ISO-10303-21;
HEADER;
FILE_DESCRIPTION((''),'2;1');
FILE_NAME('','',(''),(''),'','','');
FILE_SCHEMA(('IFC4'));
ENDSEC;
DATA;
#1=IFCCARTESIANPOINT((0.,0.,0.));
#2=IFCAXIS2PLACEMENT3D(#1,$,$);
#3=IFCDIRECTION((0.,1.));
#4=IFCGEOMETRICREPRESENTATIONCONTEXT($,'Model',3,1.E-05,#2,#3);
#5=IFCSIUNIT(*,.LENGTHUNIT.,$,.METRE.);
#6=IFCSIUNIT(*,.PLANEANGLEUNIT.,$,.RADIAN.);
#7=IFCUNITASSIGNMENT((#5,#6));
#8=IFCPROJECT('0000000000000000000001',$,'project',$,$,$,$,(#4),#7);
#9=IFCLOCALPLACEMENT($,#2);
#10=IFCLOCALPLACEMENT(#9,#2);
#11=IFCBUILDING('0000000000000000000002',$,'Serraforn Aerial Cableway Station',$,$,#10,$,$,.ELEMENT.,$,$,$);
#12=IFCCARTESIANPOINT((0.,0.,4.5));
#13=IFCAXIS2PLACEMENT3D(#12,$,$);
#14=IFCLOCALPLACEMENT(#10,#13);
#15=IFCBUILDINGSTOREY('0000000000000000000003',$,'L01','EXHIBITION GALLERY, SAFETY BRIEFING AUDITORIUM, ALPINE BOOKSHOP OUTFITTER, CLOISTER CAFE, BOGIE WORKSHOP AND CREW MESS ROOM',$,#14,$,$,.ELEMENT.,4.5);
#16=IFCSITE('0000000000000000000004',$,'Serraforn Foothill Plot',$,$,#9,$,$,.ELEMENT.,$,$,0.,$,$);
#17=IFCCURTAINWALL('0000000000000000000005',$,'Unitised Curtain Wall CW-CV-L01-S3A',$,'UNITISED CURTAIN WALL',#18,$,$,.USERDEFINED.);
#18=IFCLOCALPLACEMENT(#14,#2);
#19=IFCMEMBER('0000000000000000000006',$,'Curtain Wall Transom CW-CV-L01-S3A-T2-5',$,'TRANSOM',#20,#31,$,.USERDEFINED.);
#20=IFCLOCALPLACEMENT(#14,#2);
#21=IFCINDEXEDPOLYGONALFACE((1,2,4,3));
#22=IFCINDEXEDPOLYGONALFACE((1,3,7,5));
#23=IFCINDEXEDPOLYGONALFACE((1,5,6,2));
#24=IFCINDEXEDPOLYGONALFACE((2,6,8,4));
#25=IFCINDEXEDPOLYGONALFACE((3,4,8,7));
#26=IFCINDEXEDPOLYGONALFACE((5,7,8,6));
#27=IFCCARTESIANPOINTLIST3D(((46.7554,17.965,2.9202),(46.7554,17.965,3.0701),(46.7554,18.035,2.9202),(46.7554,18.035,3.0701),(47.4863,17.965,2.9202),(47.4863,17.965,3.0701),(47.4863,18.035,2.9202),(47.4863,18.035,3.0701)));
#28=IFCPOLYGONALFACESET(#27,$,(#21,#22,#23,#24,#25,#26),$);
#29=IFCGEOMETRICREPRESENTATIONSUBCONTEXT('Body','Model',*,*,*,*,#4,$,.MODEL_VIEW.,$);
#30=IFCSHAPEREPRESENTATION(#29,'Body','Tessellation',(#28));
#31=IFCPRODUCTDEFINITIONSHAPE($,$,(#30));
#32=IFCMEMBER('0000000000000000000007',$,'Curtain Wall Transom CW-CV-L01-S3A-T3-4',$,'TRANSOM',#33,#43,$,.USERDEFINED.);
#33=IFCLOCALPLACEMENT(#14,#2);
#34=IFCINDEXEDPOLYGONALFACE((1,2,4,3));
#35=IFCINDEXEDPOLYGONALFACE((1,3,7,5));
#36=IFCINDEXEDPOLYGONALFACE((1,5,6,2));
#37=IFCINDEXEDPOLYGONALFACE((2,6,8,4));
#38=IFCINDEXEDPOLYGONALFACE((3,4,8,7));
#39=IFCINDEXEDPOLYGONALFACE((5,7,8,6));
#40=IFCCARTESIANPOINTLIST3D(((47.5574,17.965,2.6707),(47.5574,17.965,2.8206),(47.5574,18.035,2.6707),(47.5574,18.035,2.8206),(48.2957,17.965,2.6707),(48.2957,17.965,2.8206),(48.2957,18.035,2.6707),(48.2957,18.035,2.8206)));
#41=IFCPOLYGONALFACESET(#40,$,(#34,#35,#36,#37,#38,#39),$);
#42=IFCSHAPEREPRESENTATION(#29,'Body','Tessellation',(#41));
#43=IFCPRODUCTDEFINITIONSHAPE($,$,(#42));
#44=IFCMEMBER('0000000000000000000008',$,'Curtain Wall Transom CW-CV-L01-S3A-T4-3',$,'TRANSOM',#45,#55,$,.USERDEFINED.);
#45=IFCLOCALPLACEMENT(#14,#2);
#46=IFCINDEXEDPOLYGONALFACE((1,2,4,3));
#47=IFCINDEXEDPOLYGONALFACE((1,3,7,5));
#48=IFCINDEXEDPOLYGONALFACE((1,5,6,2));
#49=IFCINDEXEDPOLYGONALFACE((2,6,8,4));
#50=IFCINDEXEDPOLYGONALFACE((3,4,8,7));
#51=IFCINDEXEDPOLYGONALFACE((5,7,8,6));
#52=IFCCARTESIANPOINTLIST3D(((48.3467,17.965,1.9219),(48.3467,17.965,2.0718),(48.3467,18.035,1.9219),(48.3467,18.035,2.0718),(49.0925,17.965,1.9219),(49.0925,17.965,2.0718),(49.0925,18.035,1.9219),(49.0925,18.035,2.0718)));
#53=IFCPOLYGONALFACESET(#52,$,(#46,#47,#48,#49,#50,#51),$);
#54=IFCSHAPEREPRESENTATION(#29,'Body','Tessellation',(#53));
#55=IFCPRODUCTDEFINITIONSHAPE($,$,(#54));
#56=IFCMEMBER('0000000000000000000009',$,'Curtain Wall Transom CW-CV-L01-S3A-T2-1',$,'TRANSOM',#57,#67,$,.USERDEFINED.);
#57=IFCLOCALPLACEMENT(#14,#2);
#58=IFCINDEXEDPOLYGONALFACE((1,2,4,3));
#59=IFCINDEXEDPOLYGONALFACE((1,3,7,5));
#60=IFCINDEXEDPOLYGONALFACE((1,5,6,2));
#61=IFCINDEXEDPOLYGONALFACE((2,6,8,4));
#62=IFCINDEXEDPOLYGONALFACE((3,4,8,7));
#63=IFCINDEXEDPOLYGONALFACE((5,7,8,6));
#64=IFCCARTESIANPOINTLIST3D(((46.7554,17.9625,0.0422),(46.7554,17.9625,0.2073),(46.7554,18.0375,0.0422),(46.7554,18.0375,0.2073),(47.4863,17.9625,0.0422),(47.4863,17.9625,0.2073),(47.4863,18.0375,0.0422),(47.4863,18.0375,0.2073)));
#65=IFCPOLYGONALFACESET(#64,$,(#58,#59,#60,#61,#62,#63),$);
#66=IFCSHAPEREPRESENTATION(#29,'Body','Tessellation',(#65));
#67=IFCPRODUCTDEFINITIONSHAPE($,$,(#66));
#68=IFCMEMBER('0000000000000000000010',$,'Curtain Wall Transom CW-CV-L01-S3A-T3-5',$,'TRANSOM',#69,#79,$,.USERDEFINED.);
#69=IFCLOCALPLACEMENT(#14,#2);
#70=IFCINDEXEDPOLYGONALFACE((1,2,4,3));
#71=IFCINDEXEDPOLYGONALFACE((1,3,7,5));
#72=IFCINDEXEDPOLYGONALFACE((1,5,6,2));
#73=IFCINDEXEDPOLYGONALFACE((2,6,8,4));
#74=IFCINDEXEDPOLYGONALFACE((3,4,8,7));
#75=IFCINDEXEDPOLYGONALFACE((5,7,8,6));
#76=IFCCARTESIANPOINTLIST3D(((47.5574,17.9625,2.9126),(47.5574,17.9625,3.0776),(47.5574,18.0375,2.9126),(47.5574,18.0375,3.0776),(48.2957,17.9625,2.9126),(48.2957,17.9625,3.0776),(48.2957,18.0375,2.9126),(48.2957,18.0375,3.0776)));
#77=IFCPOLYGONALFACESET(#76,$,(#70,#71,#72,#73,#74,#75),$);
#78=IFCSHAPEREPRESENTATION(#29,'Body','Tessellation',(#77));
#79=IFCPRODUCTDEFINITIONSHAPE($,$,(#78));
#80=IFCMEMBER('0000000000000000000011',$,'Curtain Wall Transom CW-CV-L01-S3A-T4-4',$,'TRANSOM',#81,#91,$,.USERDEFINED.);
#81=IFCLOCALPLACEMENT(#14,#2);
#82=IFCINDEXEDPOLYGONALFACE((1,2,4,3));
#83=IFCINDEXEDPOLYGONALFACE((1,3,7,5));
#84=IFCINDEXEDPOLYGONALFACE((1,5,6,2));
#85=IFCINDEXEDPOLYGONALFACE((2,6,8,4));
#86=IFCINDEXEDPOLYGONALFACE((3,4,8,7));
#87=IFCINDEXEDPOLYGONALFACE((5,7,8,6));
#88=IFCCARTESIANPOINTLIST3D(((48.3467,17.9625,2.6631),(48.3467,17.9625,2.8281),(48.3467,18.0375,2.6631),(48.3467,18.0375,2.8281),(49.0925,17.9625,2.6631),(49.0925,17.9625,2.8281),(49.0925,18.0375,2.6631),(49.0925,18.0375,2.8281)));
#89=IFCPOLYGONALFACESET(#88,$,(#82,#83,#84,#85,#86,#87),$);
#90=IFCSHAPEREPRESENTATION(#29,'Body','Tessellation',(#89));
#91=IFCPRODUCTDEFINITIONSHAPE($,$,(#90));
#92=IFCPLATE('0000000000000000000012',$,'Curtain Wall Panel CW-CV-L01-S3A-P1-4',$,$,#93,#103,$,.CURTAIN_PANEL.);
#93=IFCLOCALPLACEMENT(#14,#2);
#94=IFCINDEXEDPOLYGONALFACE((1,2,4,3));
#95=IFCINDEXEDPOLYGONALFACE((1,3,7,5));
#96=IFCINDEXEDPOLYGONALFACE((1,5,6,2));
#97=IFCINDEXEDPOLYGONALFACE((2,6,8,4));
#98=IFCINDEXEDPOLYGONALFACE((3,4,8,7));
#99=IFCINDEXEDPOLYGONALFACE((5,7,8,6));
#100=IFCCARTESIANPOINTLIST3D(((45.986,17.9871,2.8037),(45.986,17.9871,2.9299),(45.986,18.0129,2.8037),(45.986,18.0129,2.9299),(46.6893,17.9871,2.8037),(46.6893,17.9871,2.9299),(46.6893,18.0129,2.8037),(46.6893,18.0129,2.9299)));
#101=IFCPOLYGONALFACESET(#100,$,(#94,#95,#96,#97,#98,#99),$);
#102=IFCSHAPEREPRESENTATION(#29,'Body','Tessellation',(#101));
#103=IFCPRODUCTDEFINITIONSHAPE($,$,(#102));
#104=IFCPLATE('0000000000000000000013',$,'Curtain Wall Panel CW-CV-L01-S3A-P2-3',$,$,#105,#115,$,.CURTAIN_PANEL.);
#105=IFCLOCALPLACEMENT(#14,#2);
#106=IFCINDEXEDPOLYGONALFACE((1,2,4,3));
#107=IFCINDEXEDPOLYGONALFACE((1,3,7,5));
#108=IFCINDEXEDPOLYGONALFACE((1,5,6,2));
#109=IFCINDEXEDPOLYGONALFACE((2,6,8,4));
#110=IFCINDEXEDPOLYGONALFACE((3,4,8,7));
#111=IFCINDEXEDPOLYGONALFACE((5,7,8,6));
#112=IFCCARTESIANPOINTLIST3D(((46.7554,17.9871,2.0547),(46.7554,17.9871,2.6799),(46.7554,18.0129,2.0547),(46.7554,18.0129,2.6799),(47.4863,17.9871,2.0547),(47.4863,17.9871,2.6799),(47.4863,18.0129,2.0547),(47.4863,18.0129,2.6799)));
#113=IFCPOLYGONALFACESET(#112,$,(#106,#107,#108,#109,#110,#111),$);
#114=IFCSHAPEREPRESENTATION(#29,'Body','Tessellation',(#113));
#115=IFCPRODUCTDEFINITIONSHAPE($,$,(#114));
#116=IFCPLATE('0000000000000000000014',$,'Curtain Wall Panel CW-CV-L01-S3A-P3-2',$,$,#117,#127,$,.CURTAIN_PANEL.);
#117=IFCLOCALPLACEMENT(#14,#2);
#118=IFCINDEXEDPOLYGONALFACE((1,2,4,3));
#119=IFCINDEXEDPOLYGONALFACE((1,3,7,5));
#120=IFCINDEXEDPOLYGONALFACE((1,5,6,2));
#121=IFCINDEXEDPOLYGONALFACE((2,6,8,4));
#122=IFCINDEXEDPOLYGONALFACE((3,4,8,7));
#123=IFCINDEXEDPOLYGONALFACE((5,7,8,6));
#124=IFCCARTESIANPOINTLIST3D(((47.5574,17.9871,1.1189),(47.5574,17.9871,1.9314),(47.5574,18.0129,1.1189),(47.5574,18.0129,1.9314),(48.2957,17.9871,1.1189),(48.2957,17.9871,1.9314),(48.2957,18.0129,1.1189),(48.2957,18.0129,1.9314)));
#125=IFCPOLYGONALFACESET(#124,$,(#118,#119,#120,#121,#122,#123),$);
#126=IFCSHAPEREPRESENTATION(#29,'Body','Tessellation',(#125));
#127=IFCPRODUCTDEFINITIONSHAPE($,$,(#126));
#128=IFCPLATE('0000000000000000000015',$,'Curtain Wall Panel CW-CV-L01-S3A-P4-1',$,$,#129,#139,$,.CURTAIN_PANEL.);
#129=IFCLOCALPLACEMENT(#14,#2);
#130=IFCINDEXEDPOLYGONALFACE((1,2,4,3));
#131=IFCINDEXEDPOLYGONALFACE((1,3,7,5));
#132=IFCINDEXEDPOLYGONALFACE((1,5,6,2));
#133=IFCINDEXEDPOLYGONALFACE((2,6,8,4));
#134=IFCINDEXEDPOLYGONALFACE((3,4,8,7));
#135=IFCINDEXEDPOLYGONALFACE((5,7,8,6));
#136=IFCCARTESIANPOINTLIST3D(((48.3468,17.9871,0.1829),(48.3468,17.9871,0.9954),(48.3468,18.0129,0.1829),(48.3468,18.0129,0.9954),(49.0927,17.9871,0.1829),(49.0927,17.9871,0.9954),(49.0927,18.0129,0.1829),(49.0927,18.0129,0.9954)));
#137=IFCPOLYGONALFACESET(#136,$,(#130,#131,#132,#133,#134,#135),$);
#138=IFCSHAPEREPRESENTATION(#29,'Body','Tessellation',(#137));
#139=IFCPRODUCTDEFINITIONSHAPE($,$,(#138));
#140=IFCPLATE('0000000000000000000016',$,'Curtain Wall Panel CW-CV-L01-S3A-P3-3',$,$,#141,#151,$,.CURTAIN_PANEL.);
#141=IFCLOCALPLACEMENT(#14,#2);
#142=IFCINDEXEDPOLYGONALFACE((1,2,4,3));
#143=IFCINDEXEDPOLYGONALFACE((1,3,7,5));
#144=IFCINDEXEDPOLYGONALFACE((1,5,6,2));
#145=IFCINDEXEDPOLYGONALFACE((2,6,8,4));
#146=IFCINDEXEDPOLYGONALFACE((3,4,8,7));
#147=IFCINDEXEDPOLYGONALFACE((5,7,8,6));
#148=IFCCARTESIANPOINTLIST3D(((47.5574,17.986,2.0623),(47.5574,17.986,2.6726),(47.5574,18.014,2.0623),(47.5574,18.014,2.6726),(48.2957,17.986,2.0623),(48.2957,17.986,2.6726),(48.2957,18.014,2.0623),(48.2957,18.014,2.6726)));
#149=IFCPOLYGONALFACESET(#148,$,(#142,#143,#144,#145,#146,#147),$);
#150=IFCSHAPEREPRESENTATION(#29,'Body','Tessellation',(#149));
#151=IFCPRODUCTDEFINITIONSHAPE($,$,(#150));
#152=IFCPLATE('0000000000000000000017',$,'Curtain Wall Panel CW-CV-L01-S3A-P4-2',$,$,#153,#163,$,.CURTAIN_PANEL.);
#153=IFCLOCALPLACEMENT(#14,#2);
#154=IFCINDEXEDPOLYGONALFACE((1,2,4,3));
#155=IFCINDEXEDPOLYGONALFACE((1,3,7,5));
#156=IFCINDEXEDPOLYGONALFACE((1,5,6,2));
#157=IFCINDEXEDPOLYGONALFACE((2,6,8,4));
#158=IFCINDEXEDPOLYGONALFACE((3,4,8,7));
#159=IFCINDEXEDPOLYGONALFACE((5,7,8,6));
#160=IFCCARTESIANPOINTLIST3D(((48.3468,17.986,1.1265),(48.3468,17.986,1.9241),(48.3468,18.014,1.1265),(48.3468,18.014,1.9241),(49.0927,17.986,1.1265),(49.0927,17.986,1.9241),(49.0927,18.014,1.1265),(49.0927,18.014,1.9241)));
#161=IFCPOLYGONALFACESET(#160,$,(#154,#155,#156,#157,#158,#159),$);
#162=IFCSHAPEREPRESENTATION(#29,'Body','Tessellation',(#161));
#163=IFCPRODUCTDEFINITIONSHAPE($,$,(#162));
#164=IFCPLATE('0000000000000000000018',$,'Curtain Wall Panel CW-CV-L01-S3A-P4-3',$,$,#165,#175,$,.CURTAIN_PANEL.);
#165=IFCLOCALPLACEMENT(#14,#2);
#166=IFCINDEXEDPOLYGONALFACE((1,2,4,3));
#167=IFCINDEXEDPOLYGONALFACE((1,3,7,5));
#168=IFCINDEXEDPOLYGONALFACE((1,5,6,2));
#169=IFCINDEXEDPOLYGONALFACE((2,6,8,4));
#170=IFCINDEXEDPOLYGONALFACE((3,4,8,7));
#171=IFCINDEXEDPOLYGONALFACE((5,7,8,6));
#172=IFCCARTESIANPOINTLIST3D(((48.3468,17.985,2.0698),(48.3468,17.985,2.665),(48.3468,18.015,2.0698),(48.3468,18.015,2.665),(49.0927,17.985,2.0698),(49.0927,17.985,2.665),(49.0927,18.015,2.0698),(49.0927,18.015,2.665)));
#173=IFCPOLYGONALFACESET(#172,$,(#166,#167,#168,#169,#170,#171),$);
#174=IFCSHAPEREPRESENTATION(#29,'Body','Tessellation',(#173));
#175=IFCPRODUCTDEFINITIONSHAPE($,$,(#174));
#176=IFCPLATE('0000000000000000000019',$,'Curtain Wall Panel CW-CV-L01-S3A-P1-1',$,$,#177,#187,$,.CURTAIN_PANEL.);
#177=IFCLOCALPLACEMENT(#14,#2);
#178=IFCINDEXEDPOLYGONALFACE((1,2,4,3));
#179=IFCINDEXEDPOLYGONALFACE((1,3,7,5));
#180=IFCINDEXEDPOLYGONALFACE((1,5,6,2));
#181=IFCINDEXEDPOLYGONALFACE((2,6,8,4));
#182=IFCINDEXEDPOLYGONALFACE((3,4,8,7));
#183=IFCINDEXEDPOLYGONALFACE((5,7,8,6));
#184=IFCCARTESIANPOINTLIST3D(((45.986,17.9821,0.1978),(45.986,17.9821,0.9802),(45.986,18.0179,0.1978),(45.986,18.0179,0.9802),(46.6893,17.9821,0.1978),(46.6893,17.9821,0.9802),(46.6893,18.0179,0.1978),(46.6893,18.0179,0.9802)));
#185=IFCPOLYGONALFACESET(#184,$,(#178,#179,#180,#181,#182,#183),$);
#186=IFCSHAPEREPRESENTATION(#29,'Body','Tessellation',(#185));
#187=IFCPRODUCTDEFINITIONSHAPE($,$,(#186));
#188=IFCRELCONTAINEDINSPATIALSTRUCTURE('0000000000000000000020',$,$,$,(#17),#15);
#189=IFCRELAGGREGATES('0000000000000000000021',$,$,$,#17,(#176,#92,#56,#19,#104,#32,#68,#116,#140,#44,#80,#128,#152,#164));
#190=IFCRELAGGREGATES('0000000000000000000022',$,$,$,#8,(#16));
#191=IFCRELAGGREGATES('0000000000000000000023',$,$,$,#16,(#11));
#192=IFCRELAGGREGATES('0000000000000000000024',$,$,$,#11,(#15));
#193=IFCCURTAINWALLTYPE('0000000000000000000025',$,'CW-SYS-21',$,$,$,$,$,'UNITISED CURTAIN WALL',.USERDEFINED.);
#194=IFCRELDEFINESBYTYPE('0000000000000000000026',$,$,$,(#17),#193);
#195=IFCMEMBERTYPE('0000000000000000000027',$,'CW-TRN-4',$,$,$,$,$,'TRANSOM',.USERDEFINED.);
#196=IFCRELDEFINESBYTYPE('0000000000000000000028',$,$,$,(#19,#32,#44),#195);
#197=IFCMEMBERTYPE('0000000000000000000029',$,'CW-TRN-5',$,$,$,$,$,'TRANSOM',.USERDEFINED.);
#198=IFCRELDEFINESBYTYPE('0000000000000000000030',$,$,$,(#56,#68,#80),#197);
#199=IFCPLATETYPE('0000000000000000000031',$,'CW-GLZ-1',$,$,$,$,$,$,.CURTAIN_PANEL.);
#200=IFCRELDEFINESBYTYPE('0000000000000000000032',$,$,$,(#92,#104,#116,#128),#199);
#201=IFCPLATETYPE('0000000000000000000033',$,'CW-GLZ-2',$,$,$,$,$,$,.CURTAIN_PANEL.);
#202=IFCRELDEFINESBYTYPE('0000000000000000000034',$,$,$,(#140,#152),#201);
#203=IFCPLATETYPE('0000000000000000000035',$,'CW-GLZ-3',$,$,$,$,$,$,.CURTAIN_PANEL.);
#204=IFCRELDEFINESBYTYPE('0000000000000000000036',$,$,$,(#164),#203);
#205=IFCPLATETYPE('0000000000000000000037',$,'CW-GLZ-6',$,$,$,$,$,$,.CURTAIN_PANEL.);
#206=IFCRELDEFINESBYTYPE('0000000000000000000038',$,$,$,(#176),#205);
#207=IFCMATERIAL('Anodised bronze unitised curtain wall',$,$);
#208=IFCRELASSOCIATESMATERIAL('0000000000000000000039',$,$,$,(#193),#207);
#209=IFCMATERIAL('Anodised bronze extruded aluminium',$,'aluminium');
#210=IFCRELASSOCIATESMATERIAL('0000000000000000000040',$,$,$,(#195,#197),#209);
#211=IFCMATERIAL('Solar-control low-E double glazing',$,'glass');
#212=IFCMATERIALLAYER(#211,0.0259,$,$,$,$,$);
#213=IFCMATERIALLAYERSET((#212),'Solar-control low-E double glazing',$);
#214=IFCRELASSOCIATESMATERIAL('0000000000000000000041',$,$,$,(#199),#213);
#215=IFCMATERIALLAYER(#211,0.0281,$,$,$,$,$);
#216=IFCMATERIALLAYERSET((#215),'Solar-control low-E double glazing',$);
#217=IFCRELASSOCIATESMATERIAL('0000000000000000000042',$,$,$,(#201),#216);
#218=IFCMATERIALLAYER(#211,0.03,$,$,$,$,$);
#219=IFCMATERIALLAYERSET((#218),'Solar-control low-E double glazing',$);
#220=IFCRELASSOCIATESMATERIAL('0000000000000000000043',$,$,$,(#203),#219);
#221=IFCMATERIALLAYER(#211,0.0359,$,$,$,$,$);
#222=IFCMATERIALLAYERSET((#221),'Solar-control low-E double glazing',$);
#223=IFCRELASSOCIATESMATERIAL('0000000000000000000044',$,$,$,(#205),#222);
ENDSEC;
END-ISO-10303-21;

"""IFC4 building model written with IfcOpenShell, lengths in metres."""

from ifc_helpers import new_model, si_unit, direction, frame, origin, origin_2d, place, context, subcontext, project, spatial, rectangle, extrude, material, layer, layer_set, material_profile, profile_set, type_object, element, aggregate, save


model = new_model("IFC4")

# Units and contexts
model_context = context("Model", 3, precision=1e-05, world=origin(), true_north=direction((0.0, 1.0)))
body_context = subcontext(model_context, "Body", "Model", "MODEL_VIEW")
ifc_project = project(units=[si_unit("LENGTHUNIT", "METRE"), si_unit("PLANEANGLEUNIT", "RADIAN")], contexts=[model_context])

# Site, building, storey
site_placement = place(None, origin())
site = spatial("IfcSite", under=ifc_project, at=site_placement, Name="Serraforn Foothill Plot", CompositionType="ELEMENT", RefElevation=0.0)
building_placement = place(site_placement, origin())
building = spatial("IfcBuilding", under=site, at=building_placement, Name="Serraforn Aerial Cableway Station", CompositionType="ELEMENT")
storey_placement = place(building_placement, frame((0.0, 0.0, 4.5)))
storey = spatial("IfcBuildingStorey", under=building, at=storey_placement, Name="L01", Description="EXHIBITION GALLERY, SAFETY BRIEFING AUDITORIUM, ALPINE BOOKSHOP OUTFITTER, CLOISTER CAFE, BOGIE WORKSHOP AND CREW MESS ROOM", CompositionType="ELEMENT", Elevation=4.5)

# Curtain wall, members, plates
ifc_material_1 = material(Name="Anodised bronze unitised curtain wall")
curtain_wall_type = type_object("IfcCurtainWallType", Name="CW-SYS-21", ElementType="UNITISED CURTAIN WALL", PredefinedType="USERDEFINED", material=ifc_material_1)
curtain_wall_placement = place(storey_placement, origin())
curtain_wall = element("IfcCurtainWall", 1, at=curtain_wall_placement, inside=storey, type_object=curtain_wall_type, Name="Unitised Curtain Wall CW-CV-L01-S3A", ObjectType="UNITISED CURTAIN WALL", PredefinedType="USERDEFINED")
ifc_material_2 = material(Name="Anodised bronze extruded aluminium", Category="aluminium")
ifc_material_profile_1 = material_profile(ifc_material_2, rectangle(XDim=0.0701, YDim=0.1499, at=origin_2d()), Name="CW TRANSOM 70x150")
ifc_profile_set_1 = profile_set([ifc_material_profile_1], Name="Anodised bronze extruded aluminium")
member_type_1 = type_object("IfcMemberType", Name="CW-TRN-4", ElementType="TRANSOM", PredefinedType="USERDEFINED", material=ifc_profile_set_1)
member_1_placement = place(storey_placement, frame((46.7554, 18.0, 2.9951), z_axis=(1.0, 0.0, 0.0), x_axis=(0.0, 1.0, 0.0)))
member_1 = element("IfcMember", 2, at=member_1_placement, type_object=member_type_1, Name="Curtain Wall Transom CW-CV-L01-S3A-T2-5", ObjectType="TRANSOM", PredefinedType="USERDEFINED", context=body_context, shape_type="SweptSolid", body=[
    extrude(rectangle(XDim=0.0701, YDim=0.1499, at=origin_2d()), origin(), (0.0, 0.0, 1.0), 0.731),
])
member_2_placement = place(storey_placement, frame((47.5574, 18.0, 2.7456), z_axis=(1.0, 0.0, 0.0), x_axis=(0.0, 1.0, 0.0)))
member_2 = element("IfcMember", 3, at=member_2_placement, type_object=member_type_1, Name="Curtain Wall Transom CW-CV-L01-S3A-T3-4", ObjectType="TRANSOM", PredefinedType="USERDEFINED", context=body_context, shape_type="SweptSolid", body=[
    extrude(rectangle(XDim=0.0701, YDim=0.1499, at=origin_2d()), origin(), (0.0, 0.0, 1.0), 0.7383),
])
member_3_placement = place(storey_placement, frame((48.3467, 18.0, 1.9968), z_axis=(1.0, 0.0, 0.0), x_axis=(0.0, 1.0, 0.0)))
member_3 = element("IfcMember", 4, at=member_3_placement, type_object=member_type_1, Name="Curtain Wall Transom CW-CV-L01-S3A-T4-3", ObjectType="TRANSOM", PredefinedType="USERDEFINED", context=body_context, shape_type="SweptSolid", body=[
    extrude(rectangle(XDim=0.0701, YDim=0.1499, at=origin_2d()), origin(), (0.0, 0.0, 1.0), 0.7458),
])
ifc_material_profile_2 = material_profile(ifc_material_2, rectangle(XDim=0.075, YDim=0.165, at=origin_2d()), Name="CW TRANSOM 75x165")
ifc_profile_set_2 = profile_set([ifc_material_profile_2], Name="Anodised bronze extruded aluminium")
member_type_2 = type_object("IfcMemberType", Name="CW-TRN-5", ElementType="TRANSOM", PredefinedType="USERDEFINED", material=ifc_profile_set_2)
member_4_placement = place(storey_placement, frame((46.7554, 18.0, 0.1248), z_axis=(1.0, 0.0, 0.0), x_axis=(0.0, 1.0, 0.0)))
member_4 = element("IfcMember", 5, at=member_4_placement, type_object=member_type_2, Name="Curtain Wall Transom CW-CV-L01-S3A-T2-1", ObjectType="TRANSOM", PredefinedType="USERDEFINED", context=body_context, shape_type="SweptSolid", body=[
    extrude(rectangle(XDim=0.075, YDim=0.165, at=origin_2d()), origin(), (0.0, 0.0, 1.0), 0.731),
])
member_5_placement = place(storey_placement, frame((47.5574, 18.0, 2.9951), z_axis=(1.0, 0.0, 0.0), x_axis=(0.0, 1.0, 0.0)))
member_5 = element("IfcMember", 6, at=member_5_placement, type_object=member_type_2, Name="Curtain Wall Transom CW-CV-L01-S3A-T3-5", ObjectType="TRANSOM", PredefinedType="USERDEFINED", context=body_context, shape_type="SweptSolid", body=[
    extrude(rectangle(XDim=0.075, YDim=0.165, at=origin_2d()), origin(), (0.0, 0.0, 1.0), 0.7383),
])
member_6_placement = place(storey_placement, frame((48.3467, 18.0, 2.7456), z_axis=(1.0, 0.0, 0.0), x_axis=(0.0, 1.0, 0.0)))
member_6 = element("IfcMember", 7, at=member_6_placement, type_object=member_type_2, Name="Curtain Wall Transom CW-CV-L01-S3A-T4-4", ObjectType="TRANSOM", PredefinedType="USERDEFINED", context=body_context, shape_type="SweptSolid", body=[
    extrude(rectangle(XDim=0.075, YDim=0.165, at=origin_2d()), origin(), (0.0, 0.0, 1.0), 0.7458),
])
ifc_material_3 = material(Name="Solar-control low-E double glazing", Category="glass")
ifc_layer_1 = layer(ifc_material_3, 0.0259)
ifc_layer_set_1 = layer_set([ifc_layer_1], Name="Solar-control low-E double glazing")
plate_type_1 = type_object("IfcPlateType", Name="CW-GLZ-1", PredefinedType="CURTAIN_PANEL", material=ifc_layer_set_1)
plate_1_placement = place(storey_placement, frame((46.3376, 18.0, 2.8037), z_axis=(0.0, 0.0, 1.0), x_axis=(1.0, 0.0, 0.0)))
plate_1 = element("IfcPlate", 8, at=plate_1_placement, type_object=plate_type_1, Name="Curtain Wall Panel CW-CV-L01-S3A-P1-4", PredefinedType="CURTAIN_PANEL", context=body_context, shape_type="SweptSolid", body=[
    extrude(rectangle(XDim=0.7034, YDim=0.0259, at=origin_2d()), origin(), (0.0, 0.0, 1.0), 0.1262),
])
plate_2_placement = place(storey_placement, frame((47.1208, 18.0, 2.0547), z_axis=(0.0, 0.0, 1.0), x_axis=(1.0, 0.0, 0.0)))
plate_2 = element("IfcPlate", 9, at=plate_2_placement, type_object=plate_type_1, Name="Curtain Wall Panel CW-CV-L01-S3A-P2-3", PredefinedType="CURTAIN_PANEL", context=body_context, shape_type="SweptSolid", body=[
    extrude(rectangle(XDim=0.731, YDim=0.0259, at=origin_2d()), origin(), (0.0, 0.0, 1.0), 0.6252),
])
plate_3_placement = place(storey_placement, frame((47.9265, 18.0, 1.1189), z_axis=(0.0, 0.0, 1.0), x_axis=(1.0, 0.0, 0.0)))
plate_3 = element("IfcPlate", 10, at=plate_3_placement, type_object=plate_type_1, Name="Curtain Wall Panel CW-CV-L01-S3A-P3-2", PredefinedType="CURTAIN_PANEL", context=body_context, shape_type="SweptSolid", body=[
    extrude(rectangle(XDim=0.7383, YDim=0.0259, at=origin_2d()), origin(), (0.0, 0.0, 1.0), 0.8125),
])
plate_4_placement = place(storey_placement, frame((48.7197, 18.0, 0.1829), z_axis=(0.0, 0.0, 1.0), x_axis=(1.0, 0.0, 0.0)))
plate_4 = element("IfcPlate", 11, at=plate_4_placement, type_object=plate_type_1, Name="Curtain Wall Panel CW-CV-L01-S3A-P4-1", PredefinedType="CURTAIN_PANEL", context=body_context, shape_type="SweptSolid", body=[
    extrude(rectangle(XDim=0.7458, YDim=0.0259, at=origin_2d()), origin(), (0.0, 0.0, 1.0), 0.8125),
])
ifc_layer_2 = layer(ifc_material_3, 0.0281)
ifc_layer_set_2 = layer_set([ifc_layer_2], Name="Solar-control low-E double glazing")
plate_type_2 = type_object("IfcPlateType", Name="CW-GLZ-2", PredefinedType="CURTAIN_PANEL", material=ifc_layer_set_2)
plate_5_placement = place(storey_placement, frame((47.9265, 18.0, 2.0623), z_axis=(0.0, 0.0, 1.0), x_axis=(1.0, 0.0, 0.0)))
plate_5 = element("IfcPlate", 12, at=plate_5_placement, type_object=plate_type_2, Name="Curtain Wall Panel CW-CV-L01-S3A-P3-3", PredefinedType="CURTAIN_PANEL", context=body_context, shape_type="SweptSolid", body=[
    extrude(rectangle(XDim=0.7383, YDim=0.0281, at=origin_2d()), origin(), (0.0, 0.0, 1.0), 0.6104),
])
plate_6_placement = place(storey_placement, frame((48.7197, 18.0, 1.1265), z_axis=(0.0, 0.0, 1.0), x_axis=(1.0, 0.0, 0.0)))
plate_6 = element("IfcPlate", 13, at=plate_6_placement, type_object=plate_type_2, Name="Curtain Wall Panel CW-CV-L01-S3A-P4-2", PredefinedType="CURTAIN_PANEL", context=body_context, shape_type="SweptSolid", body=[
    extrude(rectangle(XDim=0.7458, YDim=0.0281, at=origin_2d()), origin(), (0.0, 0.0, 1.0), 0.7976),
])
ifc_layer_3 = layer(ifc_material_3, 0.03)
ifc_layer_set_3 = layer_set([ifc_layer_3], Name="Solar-control low-E double glazing")
plate_type_3 = type_object("IfcPlateType", Name="CW-GLZ-3", PredefinedType="CURTAIN_PANEL", material=ifc_layer_set_3)
plate_7_placement = place(storey_placement, frame((48.7197, 18.0, 2.0698), z_axis=(0.0, 0.0, 1.0), x_axis=(1.0, 0.0, 0.0)))
plate_7 = element("IfcPlate", 14, at=plate_7_placement, type_object=plate_type_3, Name="Curtain Wall Panel CW-CV-L01-S3A-P4-3", PredefinedType="CURTAIN_PANEL", context=body_context, shape_type="SweptSolid", body=[
    extrude(rectangle(XDim=0.7458, YDim=0.03, at=origin_2d()), origin(), (0.0, 0.0, 1.0), 0.5952),
])
ifc_layer_4 = layer(ifc_material_3, 0.0359)
ifc_layer_set_4 = layer_set([ifc_layer_4], Name="Solar-control low-E double glazing")
plate_type_4 = type_object("IfcPlateType", Name="CW-GLZ-6", PredefinedType="CURTAIN_PANEL", material=ifc_layer_set_4)
plate_8_placement = place(storey_placement, frame((46.3376, 18.0, 0.1978), z_axis=(0.0, 0.0, 1.0), x_axis=(1.0, 0.0, 0.0)))
plate_8 = element("IfcPlate", 15, at=plate_8_placement, type_object=plate_type_4, Name="Curtain Wall Panel CW-CV-L01-S3A-P1-1", PredefinedType="CURTAIN_PANEL", context=body_context, shape_type="SweptSolid", body=[
    extrude(rectangle(XDim=0.7034, YDim=0.0359, at=origin_2d()), origin(), (0.0, 0.0, 1.0), 0.7825),
])
aggregate(curtain_wall, [plate_8, plate_1, member_4, member_1, plate_2, member_2, member_5, plate_3, plate_5, member_3, member_6, plate_4, plate_6, plate_7])

save(model, "model.ifc")
